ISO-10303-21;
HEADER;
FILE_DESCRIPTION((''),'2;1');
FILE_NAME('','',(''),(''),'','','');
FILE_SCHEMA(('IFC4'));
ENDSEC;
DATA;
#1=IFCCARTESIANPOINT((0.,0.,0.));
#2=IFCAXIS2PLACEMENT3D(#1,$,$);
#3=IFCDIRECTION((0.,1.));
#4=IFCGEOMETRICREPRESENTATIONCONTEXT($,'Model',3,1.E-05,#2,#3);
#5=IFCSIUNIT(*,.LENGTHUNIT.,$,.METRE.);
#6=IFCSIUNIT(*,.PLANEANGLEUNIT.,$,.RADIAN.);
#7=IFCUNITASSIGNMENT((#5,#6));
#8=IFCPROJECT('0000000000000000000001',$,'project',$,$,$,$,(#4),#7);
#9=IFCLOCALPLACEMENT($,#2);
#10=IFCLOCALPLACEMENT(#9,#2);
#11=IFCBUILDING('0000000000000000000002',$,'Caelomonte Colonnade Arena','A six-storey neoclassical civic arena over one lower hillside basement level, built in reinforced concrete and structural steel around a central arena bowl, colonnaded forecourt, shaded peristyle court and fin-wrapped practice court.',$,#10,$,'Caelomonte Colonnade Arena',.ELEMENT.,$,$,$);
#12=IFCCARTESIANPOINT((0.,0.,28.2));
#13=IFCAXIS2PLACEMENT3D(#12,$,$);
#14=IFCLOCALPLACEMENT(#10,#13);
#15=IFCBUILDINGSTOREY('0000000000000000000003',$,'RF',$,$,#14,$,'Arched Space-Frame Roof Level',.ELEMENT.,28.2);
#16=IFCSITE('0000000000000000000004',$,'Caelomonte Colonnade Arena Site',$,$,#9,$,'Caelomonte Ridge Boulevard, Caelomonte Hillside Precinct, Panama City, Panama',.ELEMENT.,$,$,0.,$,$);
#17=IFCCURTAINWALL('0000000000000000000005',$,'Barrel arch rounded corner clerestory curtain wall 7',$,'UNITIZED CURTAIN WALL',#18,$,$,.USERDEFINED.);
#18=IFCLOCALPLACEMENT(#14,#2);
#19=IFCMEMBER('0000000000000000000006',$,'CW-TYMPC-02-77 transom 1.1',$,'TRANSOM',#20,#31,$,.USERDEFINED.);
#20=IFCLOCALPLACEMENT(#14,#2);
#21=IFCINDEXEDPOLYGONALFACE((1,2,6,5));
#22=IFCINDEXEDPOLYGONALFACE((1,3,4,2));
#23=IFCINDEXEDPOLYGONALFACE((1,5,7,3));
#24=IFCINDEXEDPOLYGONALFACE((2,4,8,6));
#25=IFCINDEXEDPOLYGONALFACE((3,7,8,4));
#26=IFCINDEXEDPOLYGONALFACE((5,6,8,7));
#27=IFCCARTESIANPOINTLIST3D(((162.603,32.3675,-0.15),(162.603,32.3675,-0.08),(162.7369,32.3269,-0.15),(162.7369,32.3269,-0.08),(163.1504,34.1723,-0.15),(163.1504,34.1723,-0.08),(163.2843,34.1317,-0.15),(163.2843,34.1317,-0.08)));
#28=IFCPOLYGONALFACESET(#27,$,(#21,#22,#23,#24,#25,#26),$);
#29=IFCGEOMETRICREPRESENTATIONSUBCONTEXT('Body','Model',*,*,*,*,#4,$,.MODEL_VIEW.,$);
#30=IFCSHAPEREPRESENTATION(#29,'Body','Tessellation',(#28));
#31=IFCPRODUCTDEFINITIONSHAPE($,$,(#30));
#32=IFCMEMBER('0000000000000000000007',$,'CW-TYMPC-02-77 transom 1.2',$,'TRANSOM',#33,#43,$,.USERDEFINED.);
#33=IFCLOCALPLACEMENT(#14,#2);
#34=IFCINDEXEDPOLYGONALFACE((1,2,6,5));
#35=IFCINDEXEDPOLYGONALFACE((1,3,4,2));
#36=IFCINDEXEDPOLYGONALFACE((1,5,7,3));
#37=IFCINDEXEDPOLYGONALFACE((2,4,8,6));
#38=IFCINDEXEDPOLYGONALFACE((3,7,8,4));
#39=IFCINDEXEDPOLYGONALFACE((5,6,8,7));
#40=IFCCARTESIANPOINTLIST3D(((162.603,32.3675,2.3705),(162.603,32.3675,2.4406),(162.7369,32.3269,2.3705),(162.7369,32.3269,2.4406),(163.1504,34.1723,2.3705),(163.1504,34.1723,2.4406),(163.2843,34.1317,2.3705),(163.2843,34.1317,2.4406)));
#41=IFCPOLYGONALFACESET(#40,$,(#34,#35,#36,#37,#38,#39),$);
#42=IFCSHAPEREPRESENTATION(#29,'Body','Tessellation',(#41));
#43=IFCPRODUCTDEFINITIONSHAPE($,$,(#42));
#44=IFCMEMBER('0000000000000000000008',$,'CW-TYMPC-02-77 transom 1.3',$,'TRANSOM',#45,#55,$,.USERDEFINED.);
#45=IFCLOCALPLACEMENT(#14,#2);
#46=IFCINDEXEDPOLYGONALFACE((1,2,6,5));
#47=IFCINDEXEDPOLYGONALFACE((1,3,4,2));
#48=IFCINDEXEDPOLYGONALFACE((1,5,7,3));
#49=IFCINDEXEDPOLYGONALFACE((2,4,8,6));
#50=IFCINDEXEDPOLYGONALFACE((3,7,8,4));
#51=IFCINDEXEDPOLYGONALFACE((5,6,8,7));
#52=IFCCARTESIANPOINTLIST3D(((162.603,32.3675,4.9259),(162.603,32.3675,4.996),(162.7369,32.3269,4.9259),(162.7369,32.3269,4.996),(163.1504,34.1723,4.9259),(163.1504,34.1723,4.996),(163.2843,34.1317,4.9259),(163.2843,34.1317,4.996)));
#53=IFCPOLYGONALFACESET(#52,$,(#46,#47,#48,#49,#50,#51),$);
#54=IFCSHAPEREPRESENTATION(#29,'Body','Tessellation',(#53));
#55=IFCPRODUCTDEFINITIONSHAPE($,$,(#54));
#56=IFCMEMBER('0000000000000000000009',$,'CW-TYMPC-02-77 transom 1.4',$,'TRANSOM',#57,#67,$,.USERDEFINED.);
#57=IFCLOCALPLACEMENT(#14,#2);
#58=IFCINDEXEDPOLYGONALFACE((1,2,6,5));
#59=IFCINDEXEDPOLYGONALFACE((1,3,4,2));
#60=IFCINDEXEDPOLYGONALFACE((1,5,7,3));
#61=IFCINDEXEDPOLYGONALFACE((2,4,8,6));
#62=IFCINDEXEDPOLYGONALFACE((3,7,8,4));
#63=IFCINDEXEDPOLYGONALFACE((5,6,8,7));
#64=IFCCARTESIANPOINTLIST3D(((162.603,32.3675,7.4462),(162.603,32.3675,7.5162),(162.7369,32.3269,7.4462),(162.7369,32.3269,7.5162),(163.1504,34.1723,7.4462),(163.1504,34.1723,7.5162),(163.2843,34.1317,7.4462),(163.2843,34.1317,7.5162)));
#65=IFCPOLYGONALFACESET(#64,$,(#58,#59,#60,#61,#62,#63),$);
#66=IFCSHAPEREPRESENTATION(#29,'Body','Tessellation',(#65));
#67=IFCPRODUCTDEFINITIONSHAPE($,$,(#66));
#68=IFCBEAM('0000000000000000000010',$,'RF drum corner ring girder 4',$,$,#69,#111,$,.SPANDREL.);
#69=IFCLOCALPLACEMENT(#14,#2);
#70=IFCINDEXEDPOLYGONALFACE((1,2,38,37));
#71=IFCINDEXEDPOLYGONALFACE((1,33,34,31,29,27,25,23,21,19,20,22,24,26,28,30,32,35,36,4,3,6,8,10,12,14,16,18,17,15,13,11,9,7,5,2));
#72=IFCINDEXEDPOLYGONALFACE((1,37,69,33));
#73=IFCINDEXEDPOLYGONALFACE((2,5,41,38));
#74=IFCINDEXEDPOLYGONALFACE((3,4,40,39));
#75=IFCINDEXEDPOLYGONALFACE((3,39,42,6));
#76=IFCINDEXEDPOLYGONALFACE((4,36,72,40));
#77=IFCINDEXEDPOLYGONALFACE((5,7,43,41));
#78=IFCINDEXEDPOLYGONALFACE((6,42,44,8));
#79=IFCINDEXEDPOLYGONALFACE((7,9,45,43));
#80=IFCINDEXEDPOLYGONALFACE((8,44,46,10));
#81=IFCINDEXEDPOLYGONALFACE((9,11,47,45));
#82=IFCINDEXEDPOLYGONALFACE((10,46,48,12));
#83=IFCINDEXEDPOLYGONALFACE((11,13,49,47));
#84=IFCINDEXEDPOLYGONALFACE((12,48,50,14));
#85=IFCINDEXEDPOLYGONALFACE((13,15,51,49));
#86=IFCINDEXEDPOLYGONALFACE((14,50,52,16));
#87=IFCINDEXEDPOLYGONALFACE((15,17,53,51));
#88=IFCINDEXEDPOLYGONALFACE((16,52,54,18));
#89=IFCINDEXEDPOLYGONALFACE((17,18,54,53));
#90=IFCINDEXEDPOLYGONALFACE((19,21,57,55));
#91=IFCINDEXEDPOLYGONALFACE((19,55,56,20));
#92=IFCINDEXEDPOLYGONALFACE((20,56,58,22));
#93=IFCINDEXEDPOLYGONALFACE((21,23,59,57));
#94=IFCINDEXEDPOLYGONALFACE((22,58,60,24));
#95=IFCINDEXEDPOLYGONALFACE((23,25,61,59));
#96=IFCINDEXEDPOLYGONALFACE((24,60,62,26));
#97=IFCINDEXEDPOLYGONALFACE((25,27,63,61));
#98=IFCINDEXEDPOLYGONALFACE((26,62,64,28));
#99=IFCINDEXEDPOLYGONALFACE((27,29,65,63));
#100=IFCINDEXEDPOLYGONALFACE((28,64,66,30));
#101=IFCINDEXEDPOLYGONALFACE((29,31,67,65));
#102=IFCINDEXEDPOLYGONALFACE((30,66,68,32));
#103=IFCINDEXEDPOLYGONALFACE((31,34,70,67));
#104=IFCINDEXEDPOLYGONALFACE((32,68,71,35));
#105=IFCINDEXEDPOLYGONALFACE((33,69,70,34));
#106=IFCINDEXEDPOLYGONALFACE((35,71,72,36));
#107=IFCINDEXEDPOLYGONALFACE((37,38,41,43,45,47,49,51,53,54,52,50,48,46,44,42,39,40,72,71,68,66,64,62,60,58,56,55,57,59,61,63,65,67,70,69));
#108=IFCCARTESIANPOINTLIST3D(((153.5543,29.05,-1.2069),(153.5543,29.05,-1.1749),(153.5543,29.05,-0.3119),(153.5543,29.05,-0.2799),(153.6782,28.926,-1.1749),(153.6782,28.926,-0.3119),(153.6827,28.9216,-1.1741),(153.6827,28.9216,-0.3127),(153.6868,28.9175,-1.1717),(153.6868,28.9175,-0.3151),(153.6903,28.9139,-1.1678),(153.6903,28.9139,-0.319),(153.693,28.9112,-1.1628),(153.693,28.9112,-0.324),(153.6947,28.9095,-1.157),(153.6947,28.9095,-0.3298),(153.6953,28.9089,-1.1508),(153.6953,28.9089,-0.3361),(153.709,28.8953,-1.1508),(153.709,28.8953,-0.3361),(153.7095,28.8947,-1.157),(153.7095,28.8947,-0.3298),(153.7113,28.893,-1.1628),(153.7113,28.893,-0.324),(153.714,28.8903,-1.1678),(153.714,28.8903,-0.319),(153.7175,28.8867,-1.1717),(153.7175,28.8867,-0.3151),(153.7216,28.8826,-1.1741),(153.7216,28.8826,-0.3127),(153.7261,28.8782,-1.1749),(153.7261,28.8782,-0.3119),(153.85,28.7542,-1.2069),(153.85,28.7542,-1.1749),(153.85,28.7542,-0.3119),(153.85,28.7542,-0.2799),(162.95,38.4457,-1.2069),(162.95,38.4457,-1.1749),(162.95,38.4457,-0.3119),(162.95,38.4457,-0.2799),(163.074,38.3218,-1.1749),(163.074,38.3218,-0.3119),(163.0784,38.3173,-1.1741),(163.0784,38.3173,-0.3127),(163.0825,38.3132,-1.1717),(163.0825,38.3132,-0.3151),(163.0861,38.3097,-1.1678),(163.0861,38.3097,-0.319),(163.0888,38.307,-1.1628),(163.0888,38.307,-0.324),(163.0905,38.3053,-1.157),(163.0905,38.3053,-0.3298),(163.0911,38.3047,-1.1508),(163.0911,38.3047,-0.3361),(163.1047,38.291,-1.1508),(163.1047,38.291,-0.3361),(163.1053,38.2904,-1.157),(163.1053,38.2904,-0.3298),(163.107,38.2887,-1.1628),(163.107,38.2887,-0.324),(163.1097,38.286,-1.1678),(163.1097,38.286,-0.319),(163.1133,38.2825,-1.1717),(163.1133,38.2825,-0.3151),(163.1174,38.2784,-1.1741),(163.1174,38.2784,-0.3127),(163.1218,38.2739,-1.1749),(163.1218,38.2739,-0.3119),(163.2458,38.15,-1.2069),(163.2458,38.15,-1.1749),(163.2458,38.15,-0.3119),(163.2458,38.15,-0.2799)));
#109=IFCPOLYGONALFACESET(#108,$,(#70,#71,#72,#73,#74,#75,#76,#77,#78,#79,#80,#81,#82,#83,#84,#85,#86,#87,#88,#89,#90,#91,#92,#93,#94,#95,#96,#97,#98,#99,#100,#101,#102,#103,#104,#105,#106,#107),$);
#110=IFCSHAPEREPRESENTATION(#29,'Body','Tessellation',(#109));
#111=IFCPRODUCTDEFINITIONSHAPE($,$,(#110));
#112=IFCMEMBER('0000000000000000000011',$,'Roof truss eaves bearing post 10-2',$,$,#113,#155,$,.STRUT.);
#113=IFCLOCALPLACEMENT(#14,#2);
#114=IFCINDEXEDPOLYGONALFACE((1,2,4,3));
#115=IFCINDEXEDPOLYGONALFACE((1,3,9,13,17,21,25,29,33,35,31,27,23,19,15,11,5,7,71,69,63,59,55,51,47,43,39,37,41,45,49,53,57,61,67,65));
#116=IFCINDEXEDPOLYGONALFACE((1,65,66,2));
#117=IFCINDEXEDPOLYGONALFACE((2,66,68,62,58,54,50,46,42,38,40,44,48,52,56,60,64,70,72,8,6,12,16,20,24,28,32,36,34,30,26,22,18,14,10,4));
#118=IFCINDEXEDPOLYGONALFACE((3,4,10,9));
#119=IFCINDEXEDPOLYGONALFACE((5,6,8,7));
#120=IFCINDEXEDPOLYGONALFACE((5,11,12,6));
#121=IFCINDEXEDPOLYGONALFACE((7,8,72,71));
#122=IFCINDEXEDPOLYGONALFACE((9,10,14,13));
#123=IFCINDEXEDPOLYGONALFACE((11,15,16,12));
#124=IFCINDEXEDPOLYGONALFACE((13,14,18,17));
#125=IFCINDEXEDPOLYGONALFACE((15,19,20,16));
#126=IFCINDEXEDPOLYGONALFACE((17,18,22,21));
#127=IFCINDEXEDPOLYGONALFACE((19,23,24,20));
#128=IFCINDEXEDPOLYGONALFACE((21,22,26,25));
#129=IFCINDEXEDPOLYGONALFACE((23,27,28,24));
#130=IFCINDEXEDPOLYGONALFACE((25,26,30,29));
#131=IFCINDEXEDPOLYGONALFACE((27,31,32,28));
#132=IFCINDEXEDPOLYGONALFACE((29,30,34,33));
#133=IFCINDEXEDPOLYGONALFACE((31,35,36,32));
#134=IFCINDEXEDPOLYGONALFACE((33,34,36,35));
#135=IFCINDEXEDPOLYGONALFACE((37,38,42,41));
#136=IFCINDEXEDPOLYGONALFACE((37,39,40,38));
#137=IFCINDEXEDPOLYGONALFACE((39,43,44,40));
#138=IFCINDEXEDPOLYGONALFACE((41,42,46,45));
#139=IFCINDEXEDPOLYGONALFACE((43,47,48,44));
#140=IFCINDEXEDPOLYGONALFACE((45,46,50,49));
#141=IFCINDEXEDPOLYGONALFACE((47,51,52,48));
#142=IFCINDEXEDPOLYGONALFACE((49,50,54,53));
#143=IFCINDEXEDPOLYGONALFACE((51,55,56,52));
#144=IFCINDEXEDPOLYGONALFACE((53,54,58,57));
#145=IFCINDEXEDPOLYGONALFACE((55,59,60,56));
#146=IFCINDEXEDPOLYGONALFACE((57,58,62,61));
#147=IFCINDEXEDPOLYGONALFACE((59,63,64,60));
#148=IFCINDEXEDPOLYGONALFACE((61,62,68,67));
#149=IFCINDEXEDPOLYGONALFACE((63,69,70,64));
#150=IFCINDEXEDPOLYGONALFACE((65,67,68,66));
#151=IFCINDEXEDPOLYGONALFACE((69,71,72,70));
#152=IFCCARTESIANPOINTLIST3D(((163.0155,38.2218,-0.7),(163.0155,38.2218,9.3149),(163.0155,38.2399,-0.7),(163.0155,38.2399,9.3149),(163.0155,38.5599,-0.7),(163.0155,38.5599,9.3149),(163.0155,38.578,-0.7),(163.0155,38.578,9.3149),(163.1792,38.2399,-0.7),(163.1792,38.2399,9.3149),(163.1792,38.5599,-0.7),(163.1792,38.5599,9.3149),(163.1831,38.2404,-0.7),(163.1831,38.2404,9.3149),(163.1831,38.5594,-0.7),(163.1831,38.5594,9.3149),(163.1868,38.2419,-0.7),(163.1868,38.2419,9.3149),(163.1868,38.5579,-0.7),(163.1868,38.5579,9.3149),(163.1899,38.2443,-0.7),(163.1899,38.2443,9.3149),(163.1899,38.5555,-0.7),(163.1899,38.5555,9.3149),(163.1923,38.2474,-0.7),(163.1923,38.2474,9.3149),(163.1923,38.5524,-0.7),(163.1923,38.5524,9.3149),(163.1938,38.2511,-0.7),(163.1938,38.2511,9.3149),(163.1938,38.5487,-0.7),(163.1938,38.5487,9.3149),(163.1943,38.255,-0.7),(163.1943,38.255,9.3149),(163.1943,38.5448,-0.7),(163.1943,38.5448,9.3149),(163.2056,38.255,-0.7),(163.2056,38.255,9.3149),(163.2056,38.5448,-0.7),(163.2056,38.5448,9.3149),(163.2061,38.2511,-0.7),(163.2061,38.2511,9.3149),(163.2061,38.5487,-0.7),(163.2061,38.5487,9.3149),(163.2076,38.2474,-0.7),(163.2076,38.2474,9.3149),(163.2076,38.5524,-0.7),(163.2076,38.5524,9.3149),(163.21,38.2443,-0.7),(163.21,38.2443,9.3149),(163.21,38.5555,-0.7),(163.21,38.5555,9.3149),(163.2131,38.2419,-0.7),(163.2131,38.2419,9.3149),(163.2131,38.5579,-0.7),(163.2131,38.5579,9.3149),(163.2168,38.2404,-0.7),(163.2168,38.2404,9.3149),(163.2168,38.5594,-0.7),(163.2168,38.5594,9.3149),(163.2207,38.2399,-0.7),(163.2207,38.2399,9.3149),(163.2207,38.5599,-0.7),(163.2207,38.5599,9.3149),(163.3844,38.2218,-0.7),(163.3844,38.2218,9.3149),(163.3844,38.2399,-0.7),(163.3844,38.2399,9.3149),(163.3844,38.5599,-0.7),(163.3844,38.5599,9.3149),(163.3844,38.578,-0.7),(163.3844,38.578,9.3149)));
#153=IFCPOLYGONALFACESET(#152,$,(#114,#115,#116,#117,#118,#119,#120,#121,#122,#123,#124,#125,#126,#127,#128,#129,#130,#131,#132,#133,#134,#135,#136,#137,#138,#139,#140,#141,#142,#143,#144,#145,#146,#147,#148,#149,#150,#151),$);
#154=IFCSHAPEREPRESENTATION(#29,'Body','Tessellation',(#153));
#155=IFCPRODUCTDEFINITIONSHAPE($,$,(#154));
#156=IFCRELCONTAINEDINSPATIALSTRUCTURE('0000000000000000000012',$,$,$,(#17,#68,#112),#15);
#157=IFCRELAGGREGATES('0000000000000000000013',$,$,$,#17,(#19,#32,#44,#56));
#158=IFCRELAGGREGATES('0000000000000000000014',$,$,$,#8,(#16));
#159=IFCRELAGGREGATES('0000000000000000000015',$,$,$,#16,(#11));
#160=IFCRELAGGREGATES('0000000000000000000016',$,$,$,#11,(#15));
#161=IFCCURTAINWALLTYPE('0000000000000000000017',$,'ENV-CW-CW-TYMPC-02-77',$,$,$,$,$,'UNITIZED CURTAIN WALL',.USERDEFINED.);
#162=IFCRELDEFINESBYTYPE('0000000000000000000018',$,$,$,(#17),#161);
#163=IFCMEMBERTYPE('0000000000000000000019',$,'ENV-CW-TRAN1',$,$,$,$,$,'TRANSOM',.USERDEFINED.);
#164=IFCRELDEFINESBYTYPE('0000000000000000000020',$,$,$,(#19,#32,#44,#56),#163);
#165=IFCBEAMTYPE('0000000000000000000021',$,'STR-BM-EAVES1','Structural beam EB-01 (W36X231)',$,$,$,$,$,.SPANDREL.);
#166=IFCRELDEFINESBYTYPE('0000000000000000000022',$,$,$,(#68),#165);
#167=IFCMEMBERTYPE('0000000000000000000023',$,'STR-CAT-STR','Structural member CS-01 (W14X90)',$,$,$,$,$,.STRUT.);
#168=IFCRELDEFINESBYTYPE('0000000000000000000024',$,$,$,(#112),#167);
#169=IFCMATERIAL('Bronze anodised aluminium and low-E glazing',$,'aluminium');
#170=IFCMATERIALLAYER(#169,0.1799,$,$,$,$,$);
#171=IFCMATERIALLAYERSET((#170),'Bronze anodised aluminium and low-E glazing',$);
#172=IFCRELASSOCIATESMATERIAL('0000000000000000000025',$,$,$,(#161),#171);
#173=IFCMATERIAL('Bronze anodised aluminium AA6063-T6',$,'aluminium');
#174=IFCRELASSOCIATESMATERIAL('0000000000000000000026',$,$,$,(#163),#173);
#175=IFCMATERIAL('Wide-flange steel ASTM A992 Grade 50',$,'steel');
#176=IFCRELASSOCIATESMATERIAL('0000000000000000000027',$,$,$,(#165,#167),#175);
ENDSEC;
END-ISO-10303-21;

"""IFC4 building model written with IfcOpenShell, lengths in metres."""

from ifc_helpers import new_model, si_unit, direction, frame, origin, origin_2d, place, context, subcontext, project, spatial, rectangle, i_section, extrude, material, layer, layer_set, material_profile, profile_set, type_object, element, aggregate, save


model = new_model("IFC4")

# Units and contexts
model_context = context("Model", 3, precision=1e-05, world=origin(), true_north=direction((0.0, 1.0)))
body_context = subcontext(model_context, "Body", "Model", "MODEL_VIEW")
ifc_project = project(units=[si_unit("LENGTHUNIT", "METRE"), si_unit("PLANEANGLEUNIT", "RADIAN")], contexts=[model_context])

# Site, building, storey
site_placement = place(None, origin())
site = spatial("IfcSite", under=ifc_project, at=site_placement, Name="Caelomonte Colonnade Arena Site", LongName="Caelomonte Ridge Boulevard, Caelomonte Hillside Precinct, Panama City, Panama", CompositionType="ELEMENT", RefElevation=0.0)
building_placement = place(site_placement, origin())
building = spatial("IfcBuilding", under=site, at=building_placement, Name="Caelomonte Colonnade Arena", Description="A six-storey neoclassical civic arena over one lower hillside basement level, built in reinforced concrete and structural steel around a central arena bowl, colonnaded forecourt, shaded peristyle court and fin-wrapped practice court.", LongName="Caelomonte Colonnade Arena", CompositionType="ELEMENT")
storey_placement = place(building_placement, frame((0.0, 0.0, 28.2)))
storey = spatial("IfcBuildingStorey", under=building, at=storey_placement, Name="RF", LongName="Arched Space-Frame Roof Level", CompositionType="ELEMENT", Elevation=28.2)

# Shared definitions
ifc_material_1 = material(Name="Bronze anodised aluminium and low-E glazing", Category="aluminium")
ifc_material_2 = material(Name="Bronze anodised aluminium AA6063-T6", Category="aluminium")

# Curtain wall
ifc_layer_1 = layer(ifc_material_1, 0.1799)
ifc_layer_set_1 = layer_set([ifc_layer_1], Name="Bronze anodised aluminium and low-E glazing")
curtain_wall_type_1 = type_object("IfcCurtainWallType", Name="ENV-CW-CW-TYMPC-02-77", ElementType="UNITIZED CURTAIN WALL", PredefinedType="USERDEFINED", material=ifc_layer_set_1)
curtain_wall_1_placement = place(storey_placement, origin())
curtain_wall_1 = element("IfcCurtainWall", 1, at=curtain_wall_1_placement, inside=storey, type_object=curtain_wall_type_1, Name="Barrel arch rounded corner clerestory curtain wall 7", ObjectType="UNITIZED CURTAIN WALL", PredefinedType="USERDEFINED")

# Members
ifc_material_profile_1 = material_profile(ifc_material_2, rectangle(XDim=0.0701, YDim=0.1399, at=origin_2d()), Name="CWT-70X140")
ifc_profile_set_1 = profile_set([ifc_material_profile_1], Name="Bronze anodised aluminium AA6063-T6")
member_type_1 = type_object("IfcMemberType", Name="ENV-CW-TRAN1", ElementType="TRANSOM", PredefinedType="USERDEFINED", material=ifc_profile_set_1)
member_1_placement = place(storey_placement, frame((162.6699, 32.3472, -0.115), z_axis=(0.290245, 0.956953, 0.0), x_axis=(0.0, 0.0, 1.0)))
member_1 = element("IfcMember", 2, at=member_1_placement, type_object=member_type_1, Name="CW-TYMPC-02-77 transom 1.1", ObjectType="TRANSOM", PredefinedType="USERDEFINED", context=body_context, shape_type="SweptSolid", body=[
    extrude(rectangle(XDim=0.0701, YDim=0.1399, at=origin_2d()), origin(), (0.0, 0.0, 1.0), 1.886),
])
member_2_placement = place(storey_placement, frame((162.6699, 32.3472, 2.4055), z_axis=(0.290245, 0.956953, 0.0), x_axis=(0.0, 0.0, 1.0)))
member_2 = element("IfcMember", 3, at=member_2_placement, type_object=member_type_1, Name="CW-TYMPC-02-77 transom 1.2", ObjectType="TRANSOM", PredefinedType="USERDEFINED", context=body_context, shape_type="SweptSolid", body=[
    extrude(rectangle(XDim=0.0701, YDim=0.1399, at=origin_2d()), origin(), (0.0, 0.0, 1.0), 1.886),
])
member_3_placement = place(storey_placement, frame((162.6699, 32.3472, 4.9609), z_axis=(0.290245, 0.956953, 0.0), x_axis=(0.0, 0.0, 1.0)))
member_3 = element("IfcMember", 4, at=member_3_placement, type_object=member_type_1, Name="CW-TYMPC-02-77 transom 1.3", ObjectType="TRANSOM", PredefinedType="USERDEFINED", context=body_context, shape_type="SweptSolid", body=[
    extrude(rectangle(XDim=0.0701, YDim=0.1399, at=origin_2d()), origin(), (0.0, 0.0, 1.0), 1.886),
])
member_4_placement = place(storey_placement, frame((162.6699, 32.3472, 7.4812), z_axis=(0.290245, 0.956953, 0.0), x_axis=(0.0, 0.0, 1.0)))
member_4 = element("IfcMember", 5, at=member_4_placement, type_object=member_type_1, Name="CW-TYMPC-02-77 transom 1.4", ObjectType="TRANSOM", PredefinedType="USERDEFINED", context=body_context, shape_type="SweptSolid", body=[
    extrude(rectangle(XDim=0.0701, YDim=0.1399, at=origin_2d()), origin(), (0.0, 0.0, 1.0), 1.886),
])

# Beam
ifc_material_3 = material(Name="Wide-flange steel ASTM A992 Grade 50", Category="steel")
ifc_material_profile_2 = material_profile(ifc_material_3, i_section(OverallWidth=0.4182, OverallDepth=0.927, WebThickness=0.0193, FlangeThickness=0.032, FilletRadius=0.0242, at=origin_2d()), Name="W36X231")
ifc_profile_set_2 = profile_set([ifc_material_profile_2], Name="Wide-flange steel ASTM A992 Grade 50")
beam_type = type_object("IfcBeamType", Name="STR-BM-EAVES1", Description="Structural beam EB-01 (W36X231)", PredefinedType="SPANDREL", material=ifc_profile_set_2)
beam_placement = place(storey_placement, frame((153.7021, 28.9021, -0.7434), z_axis=(0.707107, 0.707107, 0.0), x_axis=(-0.707107, 0.707107, 0.0)))
element("IfcBeam", 6, at=beam_placement, inside=storey, type_object=beam_type, Name="RF drum corner ring girder 4", PredefinedType="SPANDREL", context=body_context, shape_type="SweptSolid", body=[
    extrude(i_section(OverallWidth=0.4182, OverallDepth=0.927, WebThickness=0.0193, FlangeThickness=0.032, FilletRadius=0.0242, at=origin_2d()), origin(), (0.0, 0.0, 1.0), 13.2876),
])

# Member
ifc_material_profile_3 = material_profile(ifc_material_3, i_section(OverallWidth=0.3689, OverallDepth=0.3562, WebThickness=0.0112, FlangeThickness=0.0181, FilletRadius=0.0151, at=origin_2d()), Name="W14X90")
ifc_profile_set_3 = profile_set([ifc_material_profile_3], Name="Wide-flange steel ASTM A992 Grade 50")
member_type_2 = type_object("IfcMemberType", Name="STR-CAT-STR", Description="Structural member CS-01 (W14X90)", PredefinedType="STRUT", material=ifc_profile_set_3)
member_5_placement = place(storey_placement, frame((163.2, 38.3999, -0.7), z_axis=(0.0, 0.0, 1.0), x_axis=(1.0, 0.0, 0.0)))
element("IfcMember", 7, at=member_5_placement, inside=storey, type_object=member_type_2, Name="Roof truss eaves bearing post 10-2", PredefinedType="STRUT", context=body_context, shape_type="SweptSolid", body=[
    extrude(i_section(OverallWidth=0.3689, OverallDepth=0.3562, WebThickness=0.0112, FlangeThickness=0.0181, FilletRadius=0.0151, at=origin_2d()), origin(), (0.0, 0.0, 1.0), 10.0149),
])

aggregate(curtain_wall_1, [member_1, member_2, member_3, member_4])

save(model, "model.ifc")
